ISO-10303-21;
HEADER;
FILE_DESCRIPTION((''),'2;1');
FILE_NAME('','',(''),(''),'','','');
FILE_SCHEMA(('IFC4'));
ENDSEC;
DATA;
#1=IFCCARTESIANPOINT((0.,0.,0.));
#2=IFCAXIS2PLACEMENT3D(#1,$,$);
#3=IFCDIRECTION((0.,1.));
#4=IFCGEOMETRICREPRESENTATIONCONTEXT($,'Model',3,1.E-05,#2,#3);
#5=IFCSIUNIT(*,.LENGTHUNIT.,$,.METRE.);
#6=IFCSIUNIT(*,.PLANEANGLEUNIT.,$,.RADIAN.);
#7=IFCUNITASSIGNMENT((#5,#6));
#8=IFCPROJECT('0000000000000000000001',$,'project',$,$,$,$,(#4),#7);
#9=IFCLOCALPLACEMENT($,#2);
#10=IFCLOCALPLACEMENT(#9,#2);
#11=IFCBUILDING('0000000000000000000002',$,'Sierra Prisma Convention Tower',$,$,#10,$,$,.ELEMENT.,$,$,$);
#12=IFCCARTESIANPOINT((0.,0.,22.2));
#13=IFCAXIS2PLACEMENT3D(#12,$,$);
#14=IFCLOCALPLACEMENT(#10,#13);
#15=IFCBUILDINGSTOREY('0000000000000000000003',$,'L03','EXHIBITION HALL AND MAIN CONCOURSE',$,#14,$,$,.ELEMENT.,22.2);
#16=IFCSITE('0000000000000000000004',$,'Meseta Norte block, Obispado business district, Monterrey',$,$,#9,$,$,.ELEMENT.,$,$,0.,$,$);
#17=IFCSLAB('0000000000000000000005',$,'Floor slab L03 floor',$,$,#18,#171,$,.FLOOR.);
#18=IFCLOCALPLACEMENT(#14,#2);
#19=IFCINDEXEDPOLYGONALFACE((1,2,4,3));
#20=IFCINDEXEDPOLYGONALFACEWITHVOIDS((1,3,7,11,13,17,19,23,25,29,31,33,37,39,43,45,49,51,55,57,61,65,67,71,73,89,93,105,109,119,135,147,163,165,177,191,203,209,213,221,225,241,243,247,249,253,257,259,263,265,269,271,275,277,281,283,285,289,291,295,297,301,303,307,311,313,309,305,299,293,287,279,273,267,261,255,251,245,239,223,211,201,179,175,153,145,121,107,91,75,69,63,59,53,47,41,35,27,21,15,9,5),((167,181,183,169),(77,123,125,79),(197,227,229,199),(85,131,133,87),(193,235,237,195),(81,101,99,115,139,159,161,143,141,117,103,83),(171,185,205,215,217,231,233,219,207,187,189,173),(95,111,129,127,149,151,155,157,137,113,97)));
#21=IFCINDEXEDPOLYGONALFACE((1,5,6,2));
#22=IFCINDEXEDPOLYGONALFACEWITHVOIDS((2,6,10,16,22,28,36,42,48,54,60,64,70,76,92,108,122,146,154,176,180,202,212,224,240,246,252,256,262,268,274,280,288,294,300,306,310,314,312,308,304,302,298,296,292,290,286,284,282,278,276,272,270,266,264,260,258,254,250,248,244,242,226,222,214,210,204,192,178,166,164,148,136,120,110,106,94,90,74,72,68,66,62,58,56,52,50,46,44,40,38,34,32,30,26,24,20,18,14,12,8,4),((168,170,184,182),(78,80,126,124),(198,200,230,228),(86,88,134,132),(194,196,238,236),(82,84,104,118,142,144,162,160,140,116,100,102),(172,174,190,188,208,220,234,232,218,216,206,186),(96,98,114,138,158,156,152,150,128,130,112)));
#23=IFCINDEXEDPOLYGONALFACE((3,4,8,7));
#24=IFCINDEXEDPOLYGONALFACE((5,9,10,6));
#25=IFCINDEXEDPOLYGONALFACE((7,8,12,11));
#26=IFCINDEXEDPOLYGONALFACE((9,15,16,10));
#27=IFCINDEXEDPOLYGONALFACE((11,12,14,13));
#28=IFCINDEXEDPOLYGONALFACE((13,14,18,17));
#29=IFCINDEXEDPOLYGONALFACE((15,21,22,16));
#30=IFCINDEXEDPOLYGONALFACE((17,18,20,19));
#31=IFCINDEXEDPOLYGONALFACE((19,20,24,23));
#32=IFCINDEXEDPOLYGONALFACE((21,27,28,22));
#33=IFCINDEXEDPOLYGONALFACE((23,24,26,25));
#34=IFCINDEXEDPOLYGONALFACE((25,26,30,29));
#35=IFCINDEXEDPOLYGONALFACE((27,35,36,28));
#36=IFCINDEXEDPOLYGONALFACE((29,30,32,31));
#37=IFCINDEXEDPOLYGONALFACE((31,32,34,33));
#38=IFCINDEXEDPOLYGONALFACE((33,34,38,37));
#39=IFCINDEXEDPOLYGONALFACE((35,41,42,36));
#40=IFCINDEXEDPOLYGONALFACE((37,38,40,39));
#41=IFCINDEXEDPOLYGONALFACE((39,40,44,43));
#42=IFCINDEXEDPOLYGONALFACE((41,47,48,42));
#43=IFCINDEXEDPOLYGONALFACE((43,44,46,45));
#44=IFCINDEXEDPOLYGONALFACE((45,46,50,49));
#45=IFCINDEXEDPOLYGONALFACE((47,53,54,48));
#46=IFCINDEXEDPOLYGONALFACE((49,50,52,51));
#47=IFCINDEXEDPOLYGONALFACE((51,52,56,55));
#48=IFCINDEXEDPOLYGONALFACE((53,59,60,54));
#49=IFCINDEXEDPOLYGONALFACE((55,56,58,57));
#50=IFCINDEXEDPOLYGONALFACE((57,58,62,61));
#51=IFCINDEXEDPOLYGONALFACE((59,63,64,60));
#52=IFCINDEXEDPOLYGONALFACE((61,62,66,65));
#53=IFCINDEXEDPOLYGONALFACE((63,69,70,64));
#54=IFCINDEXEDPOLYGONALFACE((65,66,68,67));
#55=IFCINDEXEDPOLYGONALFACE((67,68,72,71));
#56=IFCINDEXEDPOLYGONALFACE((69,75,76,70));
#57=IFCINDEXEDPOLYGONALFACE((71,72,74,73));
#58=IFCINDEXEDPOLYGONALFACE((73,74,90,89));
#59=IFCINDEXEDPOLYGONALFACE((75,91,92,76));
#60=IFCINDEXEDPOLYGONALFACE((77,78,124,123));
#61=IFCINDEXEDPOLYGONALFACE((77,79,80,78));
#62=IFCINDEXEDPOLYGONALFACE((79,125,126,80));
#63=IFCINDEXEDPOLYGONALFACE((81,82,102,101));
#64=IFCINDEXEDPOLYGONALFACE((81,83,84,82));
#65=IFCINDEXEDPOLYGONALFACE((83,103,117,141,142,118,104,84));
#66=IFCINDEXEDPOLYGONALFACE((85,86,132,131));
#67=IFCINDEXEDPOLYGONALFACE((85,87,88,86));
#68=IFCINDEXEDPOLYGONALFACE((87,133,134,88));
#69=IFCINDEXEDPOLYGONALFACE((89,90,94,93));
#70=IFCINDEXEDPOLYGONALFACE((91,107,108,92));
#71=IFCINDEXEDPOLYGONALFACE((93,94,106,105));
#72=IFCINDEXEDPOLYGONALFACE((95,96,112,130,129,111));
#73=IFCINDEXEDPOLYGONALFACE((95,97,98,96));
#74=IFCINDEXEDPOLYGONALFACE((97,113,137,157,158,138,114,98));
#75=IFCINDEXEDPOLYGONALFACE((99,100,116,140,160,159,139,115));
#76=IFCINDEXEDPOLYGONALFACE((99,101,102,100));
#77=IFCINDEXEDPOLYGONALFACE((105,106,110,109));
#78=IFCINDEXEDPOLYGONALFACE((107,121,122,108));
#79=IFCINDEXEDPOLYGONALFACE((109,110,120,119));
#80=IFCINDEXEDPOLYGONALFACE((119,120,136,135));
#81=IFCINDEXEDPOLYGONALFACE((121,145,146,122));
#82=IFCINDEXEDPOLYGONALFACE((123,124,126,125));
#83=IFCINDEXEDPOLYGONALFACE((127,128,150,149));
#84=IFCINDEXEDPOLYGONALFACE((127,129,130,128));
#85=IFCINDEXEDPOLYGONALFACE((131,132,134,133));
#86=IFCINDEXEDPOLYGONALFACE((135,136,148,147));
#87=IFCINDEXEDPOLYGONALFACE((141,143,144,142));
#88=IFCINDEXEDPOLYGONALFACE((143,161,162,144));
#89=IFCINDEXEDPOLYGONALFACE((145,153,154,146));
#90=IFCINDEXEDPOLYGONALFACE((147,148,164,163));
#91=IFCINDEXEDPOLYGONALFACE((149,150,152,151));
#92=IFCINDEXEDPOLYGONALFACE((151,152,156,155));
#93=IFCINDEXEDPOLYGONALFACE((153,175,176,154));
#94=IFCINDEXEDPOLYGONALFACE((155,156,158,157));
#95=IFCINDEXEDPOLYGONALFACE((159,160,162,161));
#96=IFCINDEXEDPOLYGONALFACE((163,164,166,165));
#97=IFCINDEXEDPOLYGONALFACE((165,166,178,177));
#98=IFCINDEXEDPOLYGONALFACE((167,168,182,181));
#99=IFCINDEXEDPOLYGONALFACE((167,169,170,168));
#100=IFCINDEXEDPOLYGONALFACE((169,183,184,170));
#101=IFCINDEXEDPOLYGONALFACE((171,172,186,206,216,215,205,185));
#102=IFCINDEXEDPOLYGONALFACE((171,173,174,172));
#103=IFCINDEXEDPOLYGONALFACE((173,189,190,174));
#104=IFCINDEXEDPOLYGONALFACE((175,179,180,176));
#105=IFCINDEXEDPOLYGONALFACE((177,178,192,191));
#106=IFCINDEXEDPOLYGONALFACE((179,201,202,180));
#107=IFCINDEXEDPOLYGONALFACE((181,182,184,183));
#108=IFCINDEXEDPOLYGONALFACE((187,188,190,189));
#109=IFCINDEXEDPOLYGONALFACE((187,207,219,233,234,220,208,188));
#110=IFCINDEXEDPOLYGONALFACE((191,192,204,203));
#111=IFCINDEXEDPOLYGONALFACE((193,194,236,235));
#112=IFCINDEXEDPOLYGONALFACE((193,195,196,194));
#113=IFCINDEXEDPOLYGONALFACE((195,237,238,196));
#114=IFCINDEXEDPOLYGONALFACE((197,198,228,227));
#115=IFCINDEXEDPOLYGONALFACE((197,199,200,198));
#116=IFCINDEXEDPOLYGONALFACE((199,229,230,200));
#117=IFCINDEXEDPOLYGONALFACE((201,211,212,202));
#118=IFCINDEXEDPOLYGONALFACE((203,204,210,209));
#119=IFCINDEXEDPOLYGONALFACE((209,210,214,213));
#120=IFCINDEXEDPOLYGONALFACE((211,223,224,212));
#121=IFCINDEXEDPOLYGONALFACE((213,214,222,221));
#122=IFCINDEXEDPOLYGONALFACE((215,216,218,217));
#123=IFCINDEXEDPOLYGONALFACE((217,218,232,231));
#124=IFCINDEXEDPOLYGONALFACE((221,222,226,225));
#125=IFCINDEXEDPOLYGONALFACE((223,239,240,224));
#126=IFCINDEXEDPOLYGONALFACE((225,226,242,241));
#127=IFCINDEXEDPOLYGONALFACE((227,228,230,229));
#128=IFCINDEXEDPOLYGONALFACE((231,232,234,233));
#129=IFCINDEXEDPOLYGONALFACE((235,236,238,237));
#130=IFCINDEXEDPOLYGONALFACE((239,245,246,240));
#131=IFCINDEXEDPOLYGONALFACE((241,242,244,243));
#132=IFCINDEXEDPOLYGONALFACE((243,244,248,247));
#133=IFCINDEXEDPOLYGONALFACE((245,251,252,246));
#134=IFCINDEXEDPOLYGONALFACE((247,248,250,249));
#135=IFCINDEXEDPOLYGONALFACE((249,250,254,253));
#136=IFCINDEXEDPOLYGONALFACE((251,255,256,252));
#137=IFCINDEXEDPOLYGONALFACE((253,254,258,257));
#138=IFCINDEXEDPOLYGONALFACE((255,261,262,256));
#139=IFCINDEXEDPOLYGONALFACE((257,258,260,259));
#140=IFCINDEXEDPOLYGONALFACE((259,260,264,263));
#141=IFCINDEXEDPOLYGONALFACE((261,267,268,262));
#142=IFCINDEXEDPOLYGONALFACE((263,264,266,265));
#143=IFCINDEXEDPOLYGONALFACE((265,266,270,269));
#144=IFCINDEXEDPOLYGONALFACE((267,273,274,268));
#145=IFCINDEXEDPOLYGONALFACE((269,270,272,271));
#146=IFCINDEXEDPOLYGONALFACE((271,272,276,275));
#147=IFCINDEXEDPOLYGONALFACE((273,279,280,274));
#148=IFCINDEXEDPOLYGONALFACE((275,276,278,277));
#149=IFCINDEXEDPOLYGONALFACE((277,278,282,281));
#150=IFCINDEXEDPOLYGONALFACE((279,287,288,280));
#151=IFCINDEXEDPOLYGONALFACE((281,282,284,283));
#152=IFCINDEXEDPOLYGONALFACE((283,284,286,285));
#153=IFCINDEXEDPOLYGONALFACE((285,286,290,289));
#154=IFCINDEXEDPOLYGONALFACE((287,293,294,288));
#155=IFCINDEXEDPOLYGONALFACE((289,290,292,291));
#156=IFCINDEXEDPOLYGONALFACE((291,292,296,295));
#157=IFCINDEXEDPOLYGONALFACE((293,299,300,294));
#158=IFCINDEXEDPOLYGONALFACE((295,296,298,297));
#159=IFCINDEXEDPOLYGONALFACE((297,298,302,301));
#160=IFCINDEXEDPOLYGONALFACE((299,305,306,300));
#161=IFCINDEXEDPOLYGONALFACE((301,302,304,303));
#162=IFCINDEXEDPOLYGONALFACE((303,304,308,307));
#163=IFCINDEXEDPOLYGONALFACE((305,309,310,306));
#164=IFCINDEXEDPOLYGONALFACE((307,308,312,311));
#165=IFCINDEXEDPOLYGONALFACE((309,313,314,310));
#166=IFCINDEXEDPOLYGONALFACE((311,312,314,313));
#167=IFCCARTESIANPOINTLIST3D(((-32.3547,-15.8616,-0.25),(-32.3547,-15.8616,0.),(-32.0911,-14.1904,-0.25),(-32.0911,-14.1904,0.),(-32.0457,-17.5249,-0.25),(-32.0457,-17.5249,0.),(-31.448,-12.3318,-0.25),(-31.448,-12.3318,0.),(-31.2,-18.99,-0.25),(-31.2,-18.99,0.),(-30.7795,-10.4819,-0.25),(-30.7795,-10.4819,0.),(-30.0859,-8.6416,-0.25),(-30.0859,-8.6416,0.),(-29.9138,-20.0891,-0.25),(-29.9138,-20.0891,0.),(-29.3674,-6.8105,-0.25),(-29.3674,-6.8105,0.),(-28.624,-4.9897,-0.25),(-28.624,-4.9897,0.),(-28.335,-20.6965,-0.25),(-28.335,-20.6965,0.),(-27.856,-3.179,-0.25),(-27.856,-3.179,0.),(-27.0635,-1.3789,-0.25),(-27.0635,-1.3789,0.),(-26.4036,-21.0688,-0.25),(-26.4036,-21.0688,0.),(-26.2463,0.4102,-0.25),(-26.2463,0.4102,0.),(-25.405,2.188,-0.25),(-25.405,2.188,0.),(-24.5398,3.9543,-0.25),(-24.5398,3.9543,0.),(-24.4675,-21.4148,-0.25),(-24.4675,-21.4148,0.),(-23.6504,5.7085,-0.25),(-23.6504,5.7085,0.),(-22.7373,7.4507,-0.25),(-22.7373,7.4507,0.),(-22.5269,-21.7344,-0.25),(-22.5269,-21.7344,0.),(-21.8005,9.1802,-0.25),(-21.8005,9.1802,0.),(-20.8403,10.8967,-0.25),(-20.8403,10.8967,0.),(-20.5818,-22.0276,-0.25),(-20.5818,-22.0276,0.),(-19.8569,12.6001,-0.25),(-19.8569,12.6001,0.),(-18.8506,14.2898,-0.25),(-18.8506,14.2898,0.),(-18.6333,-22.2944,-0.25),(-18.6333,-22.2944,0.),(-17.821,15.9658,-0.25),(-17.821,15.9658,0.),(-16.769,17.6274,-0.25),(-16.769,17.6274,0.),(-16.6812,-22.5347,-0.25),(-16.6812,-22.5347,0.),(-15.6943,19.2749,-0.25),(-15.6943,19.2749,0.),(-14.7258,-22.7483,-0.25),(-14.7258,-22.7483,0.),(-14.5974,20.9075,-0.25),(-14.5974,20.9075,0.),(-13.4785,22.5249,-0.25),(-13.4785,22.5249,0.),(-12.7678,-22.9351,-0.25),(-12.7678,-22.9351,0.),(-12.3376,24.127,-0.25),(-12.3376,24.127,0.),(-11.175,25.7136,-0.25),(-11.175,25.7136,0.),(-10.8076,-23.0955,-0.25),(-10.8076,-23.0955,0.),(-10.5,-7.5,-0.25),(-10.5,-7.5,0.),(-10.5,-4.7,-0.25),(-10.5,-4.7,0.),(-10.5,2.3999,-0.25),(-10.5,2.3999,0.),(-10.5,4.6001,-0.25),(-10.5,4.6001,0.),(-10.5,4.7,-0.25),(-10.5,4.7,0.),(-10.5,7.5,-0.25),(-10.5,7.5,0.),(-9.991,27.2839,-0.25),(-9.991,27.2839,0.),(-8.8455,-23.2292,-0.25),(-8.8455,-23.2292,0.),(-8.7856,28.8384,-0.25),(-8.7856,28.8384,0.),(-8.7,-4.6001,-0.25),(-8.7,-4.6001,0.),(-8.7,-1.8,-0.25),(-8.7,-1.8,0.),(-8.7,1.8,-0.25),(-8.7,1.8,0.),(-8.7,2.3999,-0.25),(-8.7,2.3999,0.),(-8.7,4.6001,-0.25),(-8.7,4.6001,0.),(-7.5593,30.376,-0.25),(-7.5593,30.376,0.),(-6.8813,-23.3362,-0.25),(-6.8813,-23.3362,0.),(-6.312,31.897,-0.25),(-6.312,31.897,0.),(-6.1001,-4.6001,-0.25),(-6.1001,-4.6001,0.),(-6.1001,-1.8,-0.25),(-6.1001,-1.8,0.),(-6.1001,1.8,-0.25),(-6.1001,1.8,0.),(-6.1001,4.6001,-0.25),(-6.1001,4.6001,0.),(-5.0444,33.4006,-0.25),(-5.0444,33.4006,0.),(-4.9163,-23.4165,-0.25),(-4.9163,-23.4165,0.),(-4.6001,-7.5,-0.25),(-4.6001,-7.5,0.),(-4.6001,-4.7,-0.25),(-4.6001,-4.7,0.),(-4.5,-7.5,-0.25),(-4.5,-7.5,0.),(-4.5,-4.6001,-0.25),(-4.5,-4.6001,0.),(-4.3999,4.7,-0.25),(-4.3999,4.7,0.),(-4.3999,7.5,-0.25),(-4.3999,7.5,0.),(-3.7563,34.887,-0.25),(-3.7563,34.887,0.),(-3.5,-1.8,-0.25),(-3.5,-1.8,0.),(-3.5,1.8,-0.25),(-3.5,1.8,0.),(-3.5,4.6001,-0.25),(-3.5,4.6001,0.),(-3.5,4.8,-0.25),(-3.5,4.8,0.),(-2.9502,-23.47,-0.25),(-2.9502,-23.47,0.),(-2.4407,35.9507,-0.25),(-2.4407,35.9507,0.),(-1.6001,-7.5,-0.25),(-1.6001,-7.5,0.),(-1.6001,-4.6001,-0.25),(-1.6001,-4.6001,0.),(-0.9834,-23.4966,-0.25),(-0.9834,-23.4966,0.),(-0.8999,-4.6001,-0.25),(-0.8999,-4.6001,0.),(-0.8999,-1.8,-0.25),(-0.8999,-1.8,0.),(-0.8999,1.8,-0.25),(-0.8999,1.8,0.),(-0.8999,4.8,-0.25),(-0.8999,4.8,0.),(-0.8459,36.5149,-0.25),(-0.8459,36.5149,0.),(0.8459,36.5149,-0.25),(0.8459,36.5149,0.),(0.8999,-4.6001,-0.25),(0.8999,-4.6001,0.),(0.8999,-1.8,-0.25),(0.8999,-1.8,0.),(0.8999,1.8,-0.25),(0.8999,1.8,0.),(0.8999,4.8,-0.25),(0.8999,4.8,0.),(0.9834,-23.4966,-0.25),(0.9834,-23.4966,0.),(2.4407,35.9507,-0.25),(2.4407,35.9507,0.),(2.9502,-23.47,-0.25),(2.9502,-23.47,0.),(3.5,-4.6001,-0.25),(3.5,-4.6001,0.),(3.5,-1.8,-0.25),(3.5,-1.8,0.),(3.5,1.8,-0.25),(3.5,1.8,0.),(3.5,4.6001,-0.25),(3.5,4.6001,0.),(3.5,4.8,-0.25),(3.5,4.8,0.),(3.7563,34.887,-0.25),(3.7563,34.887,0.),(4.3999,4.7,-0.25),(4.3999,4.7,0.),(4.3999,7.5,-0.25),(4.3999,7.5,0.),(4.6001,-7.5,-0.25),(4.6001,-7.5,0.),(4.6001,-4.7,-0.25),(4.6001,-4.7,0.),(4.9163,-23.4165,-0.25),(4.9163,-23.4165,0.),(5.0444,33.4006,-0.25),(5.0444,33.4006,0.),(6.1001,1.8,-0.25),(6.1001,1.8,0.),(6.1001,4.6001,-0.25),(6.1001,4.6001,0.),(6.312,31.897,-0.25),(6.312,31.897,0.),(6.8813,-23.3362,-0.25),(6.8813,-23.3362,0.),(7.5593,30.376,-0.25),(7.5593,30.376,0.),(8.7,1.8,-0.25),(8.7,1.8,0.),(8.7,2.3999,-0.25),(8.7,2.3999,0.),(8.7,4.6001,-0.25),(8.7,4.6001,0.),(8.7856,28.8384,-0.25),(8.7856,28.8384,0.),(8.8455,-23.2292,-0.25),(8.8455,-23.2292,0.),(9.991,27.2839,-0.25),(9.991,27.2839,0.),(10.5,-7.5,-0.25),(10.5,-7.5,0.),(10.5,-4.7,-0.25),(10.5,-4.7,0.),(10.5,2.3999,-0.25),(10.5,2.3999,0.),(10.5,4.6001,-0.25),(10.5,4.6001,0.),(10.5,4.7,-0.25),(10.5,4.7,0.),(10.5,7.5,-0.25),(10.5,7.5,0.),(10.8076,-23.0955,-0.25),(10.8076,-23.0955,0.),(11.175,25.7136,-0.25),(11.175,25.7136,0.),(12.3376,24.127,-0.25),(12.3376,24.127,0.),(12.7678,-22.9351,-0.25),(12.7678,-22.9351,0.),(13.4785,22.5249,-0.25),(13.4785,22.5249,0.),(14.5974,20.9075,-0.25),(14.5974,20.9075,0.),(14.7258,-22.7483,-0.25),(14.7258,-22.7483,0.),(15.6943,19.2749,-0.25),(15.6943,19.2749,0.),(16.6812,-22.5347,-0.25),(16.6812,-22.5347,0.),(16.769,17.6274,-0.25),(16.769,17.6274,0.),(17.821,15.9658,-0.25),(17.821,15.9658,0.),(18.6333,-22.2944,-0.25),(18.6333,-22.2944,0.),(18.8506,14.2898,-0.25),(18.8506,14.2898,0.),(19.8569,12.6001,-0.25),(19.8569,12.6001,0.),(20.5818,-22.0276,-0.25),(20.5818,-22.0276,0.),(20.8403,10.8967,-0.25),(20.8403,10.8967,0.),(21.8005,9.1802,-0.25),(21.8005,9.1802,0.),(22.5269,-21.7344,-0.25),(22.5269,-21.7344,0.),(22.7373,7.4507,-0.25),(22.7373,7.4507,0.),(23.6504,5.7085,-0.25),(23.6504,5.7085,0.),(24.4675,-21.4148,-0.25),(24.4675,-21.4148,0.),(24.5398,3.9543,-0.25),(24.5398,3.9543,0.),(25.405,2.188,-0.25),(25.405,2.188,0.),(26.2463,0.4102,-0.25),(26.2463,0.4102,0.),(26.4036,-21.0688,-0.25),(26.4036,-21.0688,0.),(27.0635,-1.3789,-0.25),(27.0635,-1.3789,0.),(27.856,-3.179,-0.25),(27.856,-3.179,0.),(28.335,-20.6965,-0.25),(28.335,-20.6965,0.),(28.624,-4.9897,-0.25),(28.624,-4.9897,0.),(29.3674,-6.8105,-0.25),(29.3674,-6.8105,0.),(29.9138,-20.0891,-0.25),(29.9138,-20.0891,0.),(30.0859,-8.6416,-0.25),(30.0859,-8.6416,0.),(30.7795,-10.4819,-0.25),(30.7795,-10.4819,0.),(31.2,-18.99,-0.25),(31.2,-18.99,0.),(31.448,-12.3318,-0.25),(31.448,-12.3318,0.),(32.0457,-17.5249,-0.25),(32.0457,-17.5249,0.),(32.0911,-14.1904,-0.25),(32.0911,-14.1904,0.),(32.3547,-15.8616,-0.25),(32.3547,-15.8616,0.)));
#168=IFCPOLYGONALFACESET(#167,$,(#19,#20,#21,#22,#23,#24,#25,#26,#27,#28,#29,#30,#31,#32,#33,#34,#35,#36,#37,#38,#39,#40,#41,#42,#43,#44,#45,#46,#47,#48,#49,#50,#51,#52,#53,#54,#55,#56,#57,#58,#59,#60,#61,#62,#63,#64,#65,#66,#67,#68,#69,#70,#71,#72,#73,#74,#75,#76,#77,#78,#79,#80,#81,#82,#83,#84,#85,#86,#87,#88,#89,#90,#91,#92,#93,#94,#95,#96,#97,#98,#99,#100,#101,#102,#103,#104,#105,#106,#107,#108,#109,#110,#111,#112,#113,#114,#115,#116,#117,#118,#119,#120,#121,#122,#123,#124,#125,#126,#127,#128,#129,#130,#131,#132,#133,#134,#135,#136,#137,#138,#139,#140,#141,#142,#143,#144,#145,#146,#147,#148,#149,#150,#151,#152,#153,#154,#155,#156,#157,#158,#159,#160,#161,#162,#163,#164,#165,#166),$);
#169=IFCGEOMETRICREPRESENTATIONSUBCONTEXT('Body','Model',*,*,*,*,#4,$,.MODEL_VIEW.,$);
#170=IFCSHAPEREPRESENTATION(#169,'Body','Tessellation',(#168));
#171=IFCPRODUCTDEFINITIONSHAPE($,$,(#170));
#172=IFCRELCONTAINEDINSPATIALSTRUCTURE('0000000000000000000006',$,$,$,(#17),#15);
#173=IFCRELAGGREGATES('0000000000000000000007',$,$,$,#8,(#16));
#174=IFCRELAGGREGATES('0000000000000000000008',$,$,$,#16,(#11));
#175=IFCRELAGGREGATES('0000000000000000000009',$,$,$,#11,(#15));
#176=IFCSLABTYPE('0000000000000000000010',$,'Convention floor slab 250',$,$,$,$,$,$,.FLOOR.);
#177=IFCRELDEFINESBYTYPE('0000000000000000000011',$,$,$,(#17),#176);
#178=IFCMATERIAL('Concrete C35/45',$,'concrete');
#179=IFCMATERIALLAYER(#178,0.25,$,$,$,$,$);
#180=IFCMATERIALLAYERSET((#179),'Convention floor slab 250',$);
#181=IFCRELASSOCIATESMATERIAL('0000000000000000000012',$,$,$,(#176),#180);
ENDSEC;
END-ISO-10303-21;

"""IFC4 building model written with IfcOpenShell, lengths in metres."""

from ifc_helpers import new_model, si_unit, direction, frame, origin, place, context, subcontext, project, spatial, polyline, outline, extrude, material, layer, layer_set, type_object, element, save


model = new_model("IFC4")

# Units and contexts
model_context = context("Model", 3, precision=1e-05, world=origin(), true_north=direction((0.0, 1.0)))
body_context = subcontext(model_context, "Body", "Model", "MODEL_VIEW")
ifc_project = project(units=[si_unit("LENGTHUNIT", "METRE"), si_unit("PLANEANGLEUNIT", "RADIAN")], contexts=[model_context])

# Site, building, storey
site_placement = place(None, origin())
site = spatial("IfcSite", under=ifc_project, at=site_placement, Name="Meseta Norte block, Obispado business district, Monterrey", CompositionType="ELEMENT", RefElevation=0.0)
building_placement = place(site_placement, origin())
building = spatial("IfcBuilding", under=site, at=building_placement, Name="Sierra Prisma Convention Tower", CompositionType="ELEMENT")
storey_placement = place(building_placement, frame((0.0, 0.0, 22.2)))
storey = spatial("IfcBuildingStorey", under=building, at=storey_placement, Name="L03", Description="EXHIBITION HALL AND MAIN CONCOURSE", CompositionType="ELEMENT", Elevation=22.2)

# Slab
ifc_material_1 = material(Name="Concrete C35/45", Category="concrete")
ifc_layer_1 = layer(ifc_material_1, 0.25)
ifc_layer_set_1 = layer_set([ifc_layer_1], Name="Convention floor slab 250")
slab_type_1 = type_object("IfcSlabType", Name="Convention floor slab 250", PredefinedType="FLOOR", material=ifc_layer_set_1)
slab_1_placement = place(storey_placement, frame((0.0, 0.0, -0.25)))
element("IfcSlab", 1, at=slab_1_placement, inside=storey, type_object=slab_type_1, Name="Floor slab L03 floor", PredefinedType="FLOOR", context=body_context, shape_type="SweptSolid", body=[
    extrude(outline(polyline([(-28.335, -20.6965), (-26.4036, -21.0688), (-24.4675, -21.4148), (-22.5269, -21.7344), (-20.5818, -22.0276), (-18.6333, -22.2944), (-16.6812, -22.5347), (-14.7258, -22.7483), (-12.7678, -22.9351), (-10.8076, -23.0955), (-8.8455, -23.2292), (-6.8813, -23.3362), (-4.9163, -23.4165), (-2.9502, -23.47), (-0.9834, -23.4966), (0.9834, -23.4966), (2.9502, -23.47), (4.9163, -23.4165), (6.8813, -23.3362), (8.8455, -23.2292), (10.8076, -23.0955), (12.7678, -22.9351), (14.7258, -22.7483), (16.6812, -22.5347), (18.6333, -22.2944), (20.5818, -22.0276), (22.5269, -21.7344), (24.4675, -21.4148), (26.4036, -21.0688), (28.335, -20.6965), (29.9138, -20.0891), (31.2, -18.99), (32.0457, -17.5249), (32.3547, -15.8616), (32.0911, -14.1904), (31.448, -12.3318), (30.7795, -10.4819), (30.0859, -8.6416), (29.3674, -6.8105), (28.624, -4.9897), (27.856, -3.179), (27.0635, -1.3789), (26.2463, 0.4102), (25.405, 2.188), (24.5398, 3.9543), (23.6504, 5.7085), (22.7373, 7.4507), (21.8005, 9.1802), (20.8403, 10.8967), (19.8569, 12.6001), (18.8506, 14.2898), (17.821, 15.9658), (16.769, 17.6274), (15.6943, 19.2749), (14.5974, 20.9075), (13.4785, 22.5249), (12.3376, 24.127), (11.175, 25.7136), (9.991, 27.2839), (8.7856, 28.8384), (7.5593, 30.376), (6.312, 31.897), (5.0444, 33.4006), (3.7563, 34.887), (2.4407, 35.9507), (0.8459, 36.5149), (-0.8459, 36.5149), (-2.4407, 35.9507), (-3.7563, 34.887), (-5.0444, 33.4006), (-6.312, 31.897), (-7.5593, 30.376), (-8.7856, 28.8384), (-9.991, 27.2839), (-11.175, 25.7136), (-12.3376, 24.127), (-13.4785, 22.5249), (-14.5974, 20.9075), (-15.6943, 19.2749), (-16.769, 17.6274), (-17.821, 15.9658), (-18.8506, 14.2898), (-19.8569, 12.6001), (-20.8403, 10.8967), (-21.8005, 9.1802), (-22.7373, 7.4507), (-23.6504, 5.7085), (-24.5398, 3.9543), (-25.405, 2.188), (-26.2463, 0.4102), (-27.0635, -1.3789), (-27.856, -3.179), (-28.624, -4.9897), (-29.3674, -6.8105), (-30.0859, -8.6416), (-30.7795, -10.4819), (-31.448, -12.3318), (-32.0911, -14.1904), (-32.3547, -15.8616), (-32.0457, -17.5249), (-31.2, -18.99), (-29.9138, -20.0891), (-28.335, -20.6965)]), holes=[polyline([(-4.6001, -7.5), (-10.5, -7.5), (-10.5, -4.7), (-4.6001, -4.7), (-4.6001, -7.5)]), polyline([(-8.7, -4.6001), (-8.7, -1.8), (-6.1001, -1.8), (-3.5, -1.8), (-0.8999, -1.8), (-0.8999, -4.6001), (-1.6001, -4.6001), (-1.6001, -7.5), (-4.5, -7.5), (-4.5, -4.6001), (-6.1001, -4.6001), (-8.7, -4.6001)]), polyline([(-10.5, 4.6001), (-8.7, 4.6001), (-6.1001, 4.6001), (-3.5, 4.6001), (-3.5, 4.8), (-0.8999, 4.8), (-0.8999, 1.8), (-3.5, 1.8), (-6.1001, 1.8), (-8.7, 1.8), (-8.7, 2.3999), (-10.5, 2.3999), (-10.5, 4.6001)]), polyline([(-4.3999, 4.7), (-10.5, 4.7), (-10.5, 7.5), (-4.3999, 7.5), (-4.3999, 4.7)]), polyline([(10.5, -7.5), (4.6001, -7.5), (4.6001, -4.7), (10.5, -4.7), (10.5, -7.5)]), polyline([(3.5, -4.6001), (0.8999, -4.6001), (0.8999, -1.8), (3.5, -1.8), (3.5, -4.6001)]), polyline([(10.5, 4.6001), (10.5, 2.3999), (8.7, 2.3999), (8.7, 1.8), (6.1001, 1.8), (3.5, 1.8), (0.8999, 1.8), (0.8999, 4.8), (3.5, 4.8), (3.5, 4.6001), (6.1001, 4.6001), (8.7, 4.6001), (10.5, 4.6001)]), polyline([(4.3999, 4.7), (4.3999, 7.5), (10.5, 7.5), (10.5, 4.7), (4.3999, 4.7)])]), origin(), (0.0, 0.0, 1.0), 0.25),
])

save(model, "model.ifc")
